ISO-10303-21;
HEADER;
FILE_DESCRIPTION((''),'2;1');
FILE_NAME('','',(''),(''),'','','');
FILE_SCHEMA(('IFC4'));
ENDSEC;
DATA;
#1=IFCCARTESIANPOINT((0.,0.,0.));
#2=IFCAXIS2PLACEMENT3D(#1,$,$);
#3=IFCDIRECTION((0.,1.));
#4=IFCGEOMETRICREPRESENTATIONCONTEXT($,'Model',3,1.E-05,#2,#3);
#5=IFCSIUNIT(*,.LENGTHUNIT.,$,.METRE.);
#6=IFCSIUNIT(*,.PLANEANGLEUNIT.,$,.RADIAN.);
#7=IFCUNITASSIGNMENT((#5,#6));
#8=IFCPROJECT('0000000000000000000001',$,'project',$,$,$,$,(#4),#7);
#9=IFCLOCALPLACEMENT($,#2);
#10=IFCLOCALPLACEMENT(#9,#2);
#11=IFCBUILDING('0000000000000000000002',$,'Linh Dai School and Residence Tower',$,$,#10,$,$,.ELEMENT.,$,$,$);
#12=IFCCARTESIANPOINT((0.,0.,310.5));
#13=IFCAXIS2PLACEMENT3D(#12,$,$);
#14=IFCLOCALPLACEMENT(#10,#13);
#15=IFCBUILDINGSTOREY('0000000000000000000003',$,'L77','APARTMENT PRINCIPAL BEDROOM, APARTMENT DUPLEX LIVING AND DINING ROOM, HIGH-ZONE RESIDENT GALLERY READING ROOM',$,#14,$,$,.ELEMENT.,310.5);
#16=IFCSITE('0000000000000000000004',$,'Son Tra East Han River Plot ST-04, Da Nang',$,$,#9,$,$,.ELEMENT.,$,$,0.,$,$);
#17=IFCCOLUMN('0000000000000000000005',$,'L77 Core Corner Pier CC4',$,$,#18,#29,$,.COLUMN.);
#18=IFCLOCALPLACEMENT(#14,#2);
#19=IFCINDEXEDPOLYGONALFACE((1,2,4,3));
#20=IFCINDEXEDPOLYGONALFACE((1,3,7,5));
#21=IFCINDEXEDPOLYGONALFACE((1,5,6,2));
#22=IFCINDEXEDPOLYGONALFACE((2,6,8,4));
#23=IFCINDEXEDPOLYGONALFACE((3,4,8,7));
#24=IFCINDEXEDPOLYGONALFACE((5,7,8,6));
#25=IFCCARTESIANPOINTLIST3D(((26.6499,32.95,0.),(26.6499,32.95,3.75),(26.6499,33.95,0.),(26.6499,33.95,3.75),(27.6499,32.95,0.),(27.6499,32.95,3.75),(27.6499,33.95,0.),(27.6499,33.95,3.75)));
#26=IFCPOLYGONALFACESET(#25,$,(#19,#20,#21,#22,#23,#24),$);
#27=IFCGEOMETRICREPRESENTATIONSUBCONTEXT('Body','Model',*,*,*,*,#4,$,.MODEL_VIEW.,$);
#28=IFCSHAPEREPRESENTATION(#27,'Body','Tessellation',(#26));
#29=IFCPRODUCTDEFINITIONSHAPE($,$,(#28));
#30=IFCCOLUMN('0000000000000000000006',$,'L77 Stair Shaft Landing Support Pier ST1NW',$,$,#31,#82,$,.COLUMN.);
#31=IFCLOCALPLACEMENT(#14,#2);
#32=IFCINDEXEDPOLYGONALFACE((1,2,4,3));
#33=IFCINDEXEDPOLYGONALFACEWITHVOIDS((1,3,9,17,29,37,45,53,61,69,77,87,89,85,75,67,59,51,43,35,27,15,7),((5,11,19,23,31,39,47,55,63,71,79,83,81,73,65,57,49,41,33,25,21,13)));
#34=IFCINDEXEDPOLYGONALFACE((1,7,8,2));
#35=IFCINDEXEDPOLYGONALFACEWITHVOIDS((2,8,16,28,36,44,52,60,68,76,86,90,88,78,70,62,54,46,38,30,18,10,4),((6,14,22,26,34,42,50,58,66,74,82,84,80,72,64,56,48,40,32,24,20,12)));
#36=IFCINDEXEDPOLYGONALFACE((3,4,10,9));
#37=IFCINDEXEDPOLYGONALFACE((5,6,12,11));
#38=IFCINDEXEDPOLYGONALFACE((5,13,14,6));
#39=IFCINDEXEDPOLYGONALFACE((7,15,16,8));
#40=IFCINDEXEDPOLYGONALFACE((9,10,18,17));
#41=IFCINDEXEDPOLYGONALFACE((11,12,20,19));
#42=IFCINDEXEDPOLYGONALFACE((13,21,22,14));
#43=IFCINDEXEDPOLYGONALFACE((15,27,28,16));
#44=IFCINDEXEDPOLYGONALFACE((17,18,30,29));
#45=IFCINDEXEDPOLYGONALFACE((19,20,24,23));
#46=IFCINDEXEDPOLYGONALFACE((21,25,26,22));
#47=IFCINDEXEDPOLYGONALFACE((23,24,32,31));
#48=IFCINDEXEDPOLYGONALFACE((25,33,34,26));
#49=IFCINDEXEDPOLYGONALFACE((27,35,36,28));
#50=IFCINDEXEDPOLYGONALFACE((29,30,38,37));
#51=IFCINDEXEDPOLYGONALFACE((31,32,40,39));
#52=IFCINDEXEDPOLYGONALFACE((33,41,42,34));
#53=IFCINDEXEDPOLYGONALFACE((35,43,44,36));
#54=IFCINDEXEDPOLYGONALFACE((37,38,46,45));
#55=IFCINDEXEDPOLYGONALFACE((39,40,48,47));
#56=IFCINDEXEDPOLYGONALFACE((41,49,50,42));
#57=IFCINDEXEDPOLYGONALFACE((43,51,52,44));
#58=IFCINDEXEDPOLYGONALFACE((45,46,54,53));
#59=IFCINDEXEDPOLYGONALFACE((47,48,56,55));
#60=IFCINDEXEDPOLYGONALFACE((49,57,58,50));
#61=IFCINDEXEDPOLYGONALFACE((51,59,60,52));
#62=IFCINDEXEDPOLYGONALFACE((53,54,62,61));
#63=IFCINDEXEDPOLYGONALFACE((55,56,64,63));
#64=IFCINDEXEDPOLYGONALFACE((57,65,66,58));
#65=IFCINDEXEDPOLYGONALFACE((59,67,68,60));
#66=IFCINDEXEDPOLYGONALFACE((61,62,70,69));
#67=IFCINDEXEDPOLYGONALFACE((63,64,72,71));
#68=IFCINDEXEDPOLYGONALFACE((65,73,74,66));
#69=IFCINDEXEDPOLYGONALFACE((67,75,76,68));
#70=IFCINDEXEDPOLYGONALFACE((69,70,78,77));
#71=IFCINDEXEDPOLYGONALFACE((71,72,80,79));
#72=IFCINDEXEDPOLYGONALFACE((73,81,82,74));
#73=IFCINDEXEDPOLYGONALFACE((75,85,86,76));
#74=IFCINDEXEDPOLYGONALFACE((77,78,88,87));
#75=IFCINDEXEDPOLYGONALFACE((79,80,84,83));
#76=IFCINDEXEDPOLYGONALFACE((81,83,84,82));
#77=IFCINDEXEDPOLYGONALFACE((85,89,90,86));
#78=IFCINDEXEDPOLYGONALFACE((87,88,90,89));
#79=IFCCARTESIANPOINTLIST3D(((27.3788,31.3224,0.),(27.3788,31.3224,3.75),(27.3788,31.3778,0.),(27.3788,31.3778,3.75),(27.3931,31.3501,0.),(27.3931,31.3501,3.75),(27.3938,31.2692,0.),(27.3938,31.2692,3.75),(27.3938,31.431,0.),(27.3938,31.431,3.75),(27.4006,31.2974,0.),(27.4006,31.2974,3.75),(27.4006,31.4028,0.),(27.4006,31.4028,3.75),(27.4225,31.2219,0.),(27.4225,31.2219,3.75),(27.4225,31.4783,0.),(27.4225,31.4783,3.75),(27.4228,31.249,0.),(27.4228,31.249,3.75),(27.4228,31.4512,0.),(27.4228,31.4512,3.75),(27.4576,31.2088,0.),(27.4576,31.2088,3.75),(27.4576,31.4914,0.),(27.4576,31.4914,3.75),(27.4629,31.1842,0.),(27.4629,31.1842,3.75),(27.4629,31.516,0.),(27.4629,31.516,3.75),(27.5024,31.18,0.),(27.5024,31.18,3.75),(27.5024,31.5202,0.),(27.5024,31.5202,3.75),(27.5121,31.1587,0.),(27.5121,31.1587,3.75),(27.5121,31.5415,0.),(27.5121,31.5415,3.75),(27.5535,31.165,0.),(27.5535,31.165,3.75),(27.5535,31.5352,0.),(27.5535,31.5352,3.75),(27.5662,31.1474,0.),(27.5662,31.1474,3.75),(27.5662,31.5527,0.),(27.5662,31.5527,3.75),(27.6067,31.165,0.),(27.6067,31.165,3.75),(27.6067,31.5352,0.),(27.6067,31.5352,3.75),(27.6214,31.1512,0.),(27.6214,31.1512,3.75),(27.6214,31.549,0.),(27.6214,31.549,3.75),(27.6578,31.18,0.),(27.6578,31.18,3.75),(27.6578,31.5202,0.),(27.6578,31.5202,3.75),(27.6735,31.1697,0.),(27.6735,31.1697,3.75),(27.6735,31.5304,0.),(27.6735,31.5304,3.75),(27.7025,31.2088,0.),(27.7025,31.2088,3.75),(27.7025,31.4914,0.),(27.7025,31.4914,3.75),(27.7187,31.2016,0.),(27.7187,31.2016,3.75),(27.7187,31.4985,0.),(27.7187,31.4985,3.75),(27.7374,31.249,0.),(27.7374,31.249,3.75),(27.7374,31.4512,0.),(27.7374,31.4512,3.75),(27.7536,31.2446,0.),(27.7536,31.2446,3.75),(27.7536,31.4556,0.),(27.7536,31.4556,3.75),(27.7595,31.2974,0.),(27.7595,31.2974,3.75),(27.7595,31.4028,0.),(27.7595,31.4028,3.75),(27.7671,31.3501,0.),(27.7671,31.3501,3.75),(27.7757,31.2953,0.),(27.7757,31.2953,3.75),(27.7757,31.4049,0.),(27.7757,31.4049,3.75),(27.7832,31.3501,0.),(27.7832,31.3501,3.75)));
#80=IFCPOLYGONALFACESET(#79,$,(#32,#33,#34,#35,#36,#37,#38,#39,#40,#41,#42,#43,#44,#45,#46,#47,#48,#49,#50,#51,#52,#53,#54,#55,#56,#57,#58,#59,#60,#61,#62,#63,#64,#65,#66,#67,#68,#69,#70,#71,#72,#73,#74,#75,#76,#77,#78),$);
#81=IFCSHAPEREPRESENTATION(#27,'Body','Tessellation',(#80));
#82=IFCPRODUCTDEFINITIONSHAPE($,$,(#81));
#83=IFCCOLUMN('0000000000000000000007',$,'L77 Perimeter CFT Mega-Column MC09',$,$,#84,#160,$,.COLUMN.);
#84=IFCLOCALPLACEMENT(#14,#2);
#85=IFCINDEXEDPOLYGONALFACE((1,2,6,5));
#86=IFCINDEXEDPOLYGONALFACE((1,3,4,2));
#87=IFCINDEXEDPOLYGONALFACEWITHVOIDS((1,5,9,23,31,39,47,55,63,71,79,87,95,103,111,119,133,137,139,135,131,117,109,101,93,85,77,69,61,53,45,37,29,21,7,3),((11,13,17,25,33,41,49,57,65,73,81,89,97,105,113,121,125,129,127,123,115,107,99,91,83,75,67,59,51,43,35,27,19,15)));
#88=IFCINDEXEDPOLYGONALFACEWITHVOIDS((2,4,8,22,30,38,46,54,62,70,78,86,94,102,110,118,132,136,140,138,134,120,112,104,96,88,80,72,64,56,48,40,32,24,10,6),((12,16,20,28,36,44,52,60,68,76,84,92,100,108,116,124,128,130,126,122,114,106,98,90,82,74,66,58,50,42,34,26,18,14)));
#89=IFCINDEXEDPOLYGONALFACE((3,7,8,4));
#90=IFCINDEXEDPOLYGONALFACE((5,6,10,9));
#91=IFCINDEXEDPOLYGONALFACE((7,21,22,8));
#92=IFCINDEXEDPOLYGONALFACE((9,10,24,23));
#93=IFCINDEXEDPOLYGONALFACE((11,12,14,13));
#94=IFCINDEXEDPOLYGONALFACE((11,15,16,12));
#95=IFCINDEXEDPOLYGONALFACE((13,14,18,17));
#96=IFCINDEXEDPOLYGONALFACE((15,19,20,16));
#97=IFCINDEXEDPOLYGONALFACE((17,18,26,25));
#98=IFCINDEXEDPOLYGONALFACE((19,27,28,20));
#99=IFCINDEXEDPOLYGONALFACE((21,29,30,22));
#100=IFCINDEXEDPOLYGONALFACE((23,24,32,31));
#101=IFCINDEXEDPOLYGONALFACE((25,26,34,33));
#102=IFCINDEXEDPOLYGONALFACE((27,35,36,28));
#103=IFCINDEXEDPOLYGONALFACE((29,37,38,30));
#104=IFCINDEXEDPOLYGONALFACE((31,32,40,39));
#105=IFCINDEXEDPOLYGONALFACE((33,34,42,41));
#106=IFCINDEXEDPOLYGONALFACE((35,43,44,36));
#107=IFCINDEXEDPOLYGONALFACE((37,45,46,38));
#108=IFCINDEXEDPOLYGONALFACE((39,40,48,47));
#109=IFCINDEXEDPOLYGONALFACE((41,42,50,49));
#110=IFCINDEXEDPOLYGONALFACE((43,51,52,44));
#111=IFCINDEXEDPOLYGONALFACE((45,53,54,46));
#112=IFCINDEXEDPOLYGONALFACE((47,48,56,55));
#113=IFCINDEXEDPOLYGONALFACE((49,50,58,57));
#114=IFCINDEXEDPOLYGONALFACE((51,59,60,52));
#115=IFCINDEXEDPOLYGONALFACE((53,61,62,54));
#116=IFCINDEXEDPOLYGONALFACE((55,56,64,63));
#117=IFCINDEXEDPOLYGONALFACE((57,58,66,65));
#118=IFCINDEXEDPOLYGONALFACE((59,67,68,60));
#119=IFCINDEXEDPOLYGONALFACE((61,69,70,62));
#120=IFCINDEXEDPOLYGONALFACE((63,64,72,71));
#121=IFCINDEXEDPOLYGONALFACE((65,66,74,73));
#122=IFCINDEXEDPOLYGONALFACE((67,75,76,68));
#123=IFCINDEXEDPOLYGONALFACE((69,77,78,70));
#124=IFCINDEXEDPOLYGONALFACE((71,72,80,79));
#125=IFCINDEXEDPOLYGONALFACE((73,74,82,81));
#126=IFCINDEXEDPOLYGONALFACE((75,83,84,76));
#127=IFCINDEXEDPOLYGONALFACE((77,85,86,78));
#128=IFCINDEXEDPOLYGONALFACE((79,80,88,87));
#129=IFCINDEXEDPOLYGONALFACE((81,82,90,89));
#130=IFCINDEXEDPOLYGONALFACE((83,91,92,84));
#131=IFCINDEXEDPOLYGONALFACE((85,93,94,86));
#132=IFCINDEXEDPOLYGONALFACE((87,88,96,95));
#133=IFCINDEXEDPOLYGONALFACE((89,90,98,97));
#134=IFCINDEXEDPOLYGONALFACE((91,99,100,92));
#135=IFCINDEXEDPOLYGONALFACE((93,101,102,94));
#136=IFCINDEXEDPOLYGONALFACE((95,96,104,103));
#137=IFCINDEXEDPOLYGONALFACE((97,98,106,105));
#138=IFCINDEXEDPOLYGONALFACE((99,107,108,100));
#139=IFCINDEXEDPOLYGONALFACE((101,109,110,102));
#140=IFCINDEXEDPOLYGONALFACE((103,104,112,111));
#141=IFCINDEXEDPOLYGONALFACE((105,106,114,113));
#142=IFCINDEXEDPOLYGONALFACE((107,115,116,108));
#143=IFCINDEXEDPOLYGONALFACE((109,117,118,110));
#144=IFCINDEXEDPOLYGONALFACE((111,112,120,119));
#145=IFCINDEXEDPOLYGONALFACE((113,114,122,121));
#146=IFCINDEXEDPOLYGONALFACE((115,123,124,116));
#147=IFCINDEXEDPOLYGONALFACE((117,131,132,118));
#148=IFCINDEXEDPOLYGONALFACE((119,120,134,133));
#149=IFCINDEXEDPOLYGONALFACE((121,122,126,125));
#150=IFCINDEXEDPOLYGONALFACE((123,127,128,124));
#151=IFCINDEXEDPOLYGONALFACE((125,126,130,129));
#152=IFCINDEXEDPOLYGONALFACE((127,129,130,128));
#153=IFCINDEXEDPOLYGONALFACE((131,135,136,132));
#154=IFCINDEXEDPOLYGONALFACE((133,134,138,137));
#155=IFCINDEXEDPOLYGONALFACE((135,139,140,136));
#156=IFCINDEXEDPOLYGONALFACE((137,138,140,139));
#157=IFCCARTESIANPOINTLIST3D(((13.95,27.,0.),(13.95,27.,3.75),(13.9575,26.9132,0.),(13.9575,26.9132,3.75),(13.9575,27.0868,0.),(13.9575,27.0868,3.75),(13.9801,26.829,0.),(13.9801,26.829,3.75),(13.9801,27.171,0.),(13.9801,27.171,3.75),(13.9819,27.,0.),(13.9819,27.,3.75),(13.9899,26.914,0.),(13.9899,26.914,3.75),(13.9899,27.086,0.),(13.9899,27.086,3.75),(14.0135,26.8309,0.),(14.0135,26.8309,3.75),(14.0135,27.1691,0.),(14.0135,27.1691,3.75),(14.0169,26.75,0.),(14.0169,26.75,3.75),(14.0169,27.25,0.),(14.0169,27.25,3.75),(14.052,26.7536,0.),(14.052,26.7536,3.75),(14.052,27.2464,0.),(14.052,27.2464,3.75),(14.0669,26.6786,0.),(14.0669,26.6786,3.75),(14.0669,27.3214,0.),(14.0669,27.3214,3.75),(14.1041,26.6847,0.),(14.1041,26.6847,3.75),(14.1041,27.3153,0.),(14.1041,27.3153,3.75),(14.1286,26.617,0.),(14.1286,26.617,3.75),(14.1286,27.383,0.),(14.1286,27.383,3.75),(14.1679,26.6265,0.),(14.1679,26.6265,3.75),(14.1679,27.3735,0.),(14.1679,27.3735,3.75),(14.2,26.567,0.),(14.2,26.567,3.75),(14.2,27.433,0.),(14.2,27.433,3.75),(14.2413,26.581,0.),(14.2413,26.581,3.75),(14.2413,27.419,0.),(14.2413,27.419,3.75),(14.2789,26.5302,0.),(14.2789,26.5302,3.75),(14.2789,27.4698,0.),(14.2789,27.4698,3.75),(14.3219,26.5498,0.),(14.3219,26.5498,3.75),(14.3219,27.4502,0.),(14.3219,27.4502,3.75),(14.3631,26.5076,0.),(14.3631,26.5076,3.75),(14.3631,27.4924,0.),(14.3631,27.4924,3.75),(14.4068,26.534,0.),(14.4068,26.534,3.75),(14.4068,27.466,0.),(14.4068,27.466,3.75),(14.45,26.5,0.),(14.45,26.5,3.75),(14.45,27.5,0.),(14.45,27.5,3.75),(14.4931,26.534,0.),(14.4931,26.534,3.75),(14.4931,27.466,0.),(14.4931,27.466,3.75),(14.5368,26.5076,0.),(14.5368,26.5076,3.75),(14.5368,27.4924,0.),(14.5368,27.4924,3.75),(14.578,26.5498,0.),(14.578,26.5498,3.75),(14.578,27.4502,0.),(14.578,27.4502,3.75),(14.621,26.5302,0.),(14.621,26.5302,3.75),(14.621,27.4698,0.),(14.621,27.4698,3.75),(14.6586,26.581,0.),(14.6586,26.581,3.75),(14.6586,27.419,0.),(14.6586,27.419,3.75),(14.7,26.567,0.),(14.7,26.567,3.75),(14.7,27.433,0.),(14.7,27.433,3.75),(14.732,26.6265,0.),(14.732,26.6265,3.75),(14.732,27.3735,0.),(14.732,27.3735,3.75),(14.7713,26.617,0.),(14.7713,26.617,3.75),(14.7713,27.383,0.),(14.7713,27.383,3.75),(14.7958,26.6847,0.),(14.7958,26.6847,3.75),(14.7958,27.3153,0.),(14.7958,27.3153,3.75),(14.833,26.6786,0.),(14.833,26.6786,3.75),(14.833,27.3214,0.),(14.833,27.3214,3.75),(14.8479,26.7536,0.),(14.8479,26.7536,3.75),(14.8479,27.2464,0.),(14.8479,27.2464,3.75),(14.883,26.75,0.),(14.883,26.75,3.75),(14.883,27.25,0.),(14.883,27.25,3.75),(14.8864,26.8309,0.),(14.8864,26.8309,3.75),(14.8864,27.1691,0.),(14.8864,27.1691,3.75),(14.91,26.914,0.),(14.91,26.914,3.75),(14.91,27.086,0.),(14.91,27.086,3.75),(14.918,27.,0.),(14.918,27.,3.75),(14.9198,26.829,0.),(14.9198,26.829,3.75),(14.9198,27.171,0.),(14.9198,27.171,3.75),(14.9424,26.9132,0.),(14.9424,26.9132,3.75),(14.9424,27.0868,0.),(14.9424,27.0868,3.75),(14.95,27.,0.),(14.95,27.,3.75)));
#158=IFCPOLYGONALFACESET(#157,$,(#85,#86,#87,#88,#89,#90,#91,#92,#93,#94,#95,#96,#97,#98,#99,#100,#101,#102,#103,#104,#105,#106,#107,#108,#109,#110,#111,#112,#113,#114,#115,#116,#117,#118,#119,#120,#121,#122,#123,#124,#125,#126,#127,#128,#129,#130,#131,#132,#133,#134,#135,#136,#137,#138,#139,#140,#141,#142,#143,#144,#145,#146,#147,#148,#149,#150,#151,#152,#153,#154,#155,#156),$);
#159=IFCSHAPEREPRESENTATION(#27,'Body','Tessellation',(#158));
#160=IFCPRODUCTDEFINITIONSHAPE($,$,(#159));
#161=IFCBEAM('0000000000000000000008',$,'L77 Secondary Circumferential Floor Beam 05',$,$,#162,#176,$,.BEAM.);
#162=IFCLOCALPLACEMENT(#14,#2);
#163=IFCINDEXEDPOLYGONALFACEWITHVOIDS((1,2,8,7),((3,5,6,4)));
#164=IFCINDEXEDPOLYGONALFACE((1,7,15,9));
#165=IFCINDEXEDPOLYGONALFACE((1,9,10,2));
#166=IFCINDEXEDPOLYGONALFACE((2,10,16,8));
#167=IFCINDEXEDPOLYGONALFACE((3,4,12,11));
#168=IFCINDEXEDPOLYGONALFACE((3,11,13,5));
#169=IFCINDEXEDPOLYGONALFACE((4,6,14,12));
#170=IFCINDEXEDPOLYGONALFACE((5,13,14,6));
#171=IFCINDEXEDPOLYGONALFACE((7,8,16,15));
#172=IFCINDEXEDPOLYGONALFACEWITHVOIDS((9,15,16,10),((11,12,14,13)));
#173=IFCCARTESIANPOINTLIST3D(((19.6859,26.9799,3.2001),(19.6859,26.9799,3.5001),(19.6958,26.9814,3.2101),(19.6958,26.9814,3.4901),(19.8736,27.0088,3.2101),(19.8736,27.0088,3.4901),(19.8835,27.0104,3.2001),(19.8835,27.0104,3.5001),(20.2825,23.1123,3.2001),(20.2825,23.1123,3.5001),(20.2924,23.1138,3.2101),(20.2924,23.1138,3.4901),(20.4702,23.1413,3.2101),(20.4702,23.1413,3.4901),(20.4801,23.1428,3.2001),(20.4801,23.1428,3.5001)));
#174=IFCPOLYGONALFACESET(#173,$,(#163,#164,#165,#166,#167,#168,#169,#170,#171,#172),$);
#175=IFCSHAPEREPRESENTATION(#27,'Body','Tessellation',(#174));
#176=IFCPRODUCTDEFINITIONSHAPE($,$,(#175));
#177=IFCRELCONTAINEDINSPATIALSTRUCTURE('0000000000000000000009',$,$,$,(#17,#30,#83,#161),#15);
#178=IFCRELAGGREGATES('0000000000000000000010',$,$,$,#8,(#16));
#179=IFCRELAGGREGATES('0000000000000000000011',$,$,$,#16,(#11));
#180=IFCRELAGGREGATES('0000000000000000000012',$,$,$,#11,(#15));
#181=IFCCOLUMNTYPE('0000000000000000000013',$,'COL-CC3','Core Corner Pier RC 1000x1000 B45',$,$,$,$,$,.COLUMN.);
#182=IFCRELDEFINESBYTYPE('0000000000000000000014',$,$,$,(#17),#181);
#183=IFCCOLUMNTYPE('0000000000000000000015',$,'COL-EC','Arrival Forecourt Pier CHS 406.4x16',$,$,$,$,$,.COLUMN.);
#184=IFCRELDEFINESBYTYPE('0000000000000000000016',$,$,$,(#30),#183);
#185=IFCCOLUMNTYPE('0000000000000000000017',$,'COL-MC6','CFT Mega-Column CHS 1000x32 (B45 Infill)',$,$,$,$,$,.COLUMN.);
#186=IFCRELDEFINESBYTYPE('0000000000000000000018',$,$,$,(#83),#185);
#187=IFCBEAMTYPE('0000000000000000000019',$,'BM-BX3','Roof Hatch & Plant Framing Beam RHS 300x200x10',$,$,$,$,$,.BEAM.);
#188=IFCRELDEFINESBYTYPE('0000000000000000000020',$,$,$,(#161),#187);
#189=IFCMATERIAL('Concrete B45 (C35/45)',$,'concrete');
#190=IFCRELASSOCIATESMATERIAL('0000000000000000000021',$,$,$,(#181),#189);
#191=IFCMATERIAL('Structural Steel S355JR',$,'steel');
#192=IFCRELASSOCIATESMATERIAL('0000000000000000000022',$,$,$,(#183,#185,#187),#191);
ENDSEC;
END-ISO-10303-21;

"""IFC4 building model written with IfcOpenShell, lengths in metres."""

from ifc_helpers import new_model, si_unit, direction, frame, origin, origin_2d, place, context, subcontext, project, spatial, rectangle, hollow_rectangle, hollow_circle, extrude, material, material_profile, profile_set, type_object, element, save


model = new_model("IFC4")

# Units and contexts
model_context = context("Model", 3, precision=1e-05, world=origin(), true_north=direction((0.0, 1.0)))
body_context = subcontext(model_context, "Body", "Model", "MODEL_VIEW")
ifc_project = project(units=[si_unit("LENGTHUNIT", "METRE"), si_unit("PLANEANGLEUNIT", "RADIAN")], contexts=[model_context])

# Site, building, storey
site_placement = place(None, origin())
site = spatial("IfcSite", under=ifc_project, at=site_placement, Name="Son Tra East Han River Plot ST-04, Da Nang", CompositionType="ELEMENT", RefElevation=0.0)
building_placement = place(site_placement, origin())
building = spatial("IfcBuilding", under=site, at=building_placement, Name="Linh Dai School and Residence Tower", CompositionType="ELEMENT")
storey_placement = place(building_placement, frame((0.0, 0.0, 310.5)))
storey = spatial("IfcBuildingStorey", under=building, at=storey_placement, Name="L77", Description="APARTMENT PRINCIPAL BEDROOM, APARTMENT DUPLEX LIVING AND DINING ROOM, HIGH-ZONE RESIDENT GALLERY READING ROOM", CompositionType="ELEMENT", Elevation=310.5)

# Columns
ifc_material_1 = material(Name="Concrete B45 (C35/45)", Category="concrete")
ifc_material_profile_1 = material_profile(ifc_material_1, rectangle(XDim=1.0, YDim=1.0, at=origin_2d()), Name="RC 1000x1000")
ifc_profile_set_1 = profile_set([ifc_material_profile_1], Name="Concrete B45 (C35/45)")
column_type_1 = type_object("IfcColumnType", Name="COL-CC3", Description="Core Corner Pier RC 1000x1000 B45", PredefinedType="COLUMN", material=ifc_profile_set_1)
column_1_placement = place(storey_placement, frame((27.1499, 33.45, 0.0), z_axis=(0.0, 0.0, 1.0), x_axis=(1.0, 0.0, 0.0)))
element("IfcColumn", 1, at=column_1_placement, inside=storey, type_object=column_type_1, Name="L77 Core Corner Pier CC4", PredefinedType="COLUMN", context=body_context, shape_type="SweptSolid", body=[
    extrude(rectangle(XDim=1.0, YDim=1.0, at=origin_2d()), origin(), (0.0, 0.0, 1.0), 3.75),
])
ifc_material_2 = material(Name="Structural Steel S355JR", Category="steel")
ifc_material_profile_2 = material_profile(ifc_material_2, hollow_circle(Radius=0.2031, WallThickness=0.0161, at=origin_2d()), Name="CHS 406.4x16")
ifc_profile_set_2 = profile_set([ifc_material_profile_2], Name="Structural Steel S355JR")
column_type_2 = type_object("IfcColumnType", Name="COL-EC", Description="Arrival Forecourt Pier CHS 406.4x16", PredefinedType="COLUMN", material=ifc_profile_set_2)
column_2_placement = place(storey_placement, frame((27.5801, 31.3501, 0.0), z_axis=(0.0, 0.0, 1.0), x_axis=(1.0, 0.0, 0.0)))
element("IfcColumn", 2, at=column_2_placement, inside=storey, type_object=column_type_2, Name="L77 Stair Shaft Landing Support Pier ST1NW", PredefinedType="COLUMN", context=body_context, shape_type="SweptSolid", body=[
    extrude(hollow_circle(Radius=0.2031, WallThickness=0.0161, at=origin_2d()), origin(), (0.0, 0.0, 1.0), 3.75),
])
ifc_material_profile_3 = material_profile(ifc_material_2, hollow_circle(Radius=0.5, WallThickness=0.032, at=origin_2d()), Name="CHS 1000x32")
ifc_profile_set_3 = profile_set([ifc_material_profile_3], Name="Structural Steel S355JR")
column_type_3 = type_object("IfcColumnType", Name="COL-MC6", Description="CFT Mega-Column CHS 1000x32 (B45 Infill)", PredefinedType="COLUMN", material=ifc_profile_set_3)
column_3_placement = place(storey_placement, frame((14.45, 27.0, 0.0), z_axis=(0.0, 0.0, 1.0), x_axis=(1.0, 0.0, 0.0)))
element("IfcColumn", 3, at=column_3_placement, inside=storey, type_object=column_type_3, Name="L77 Perimeter CFT Mega-Column MC09", PredefinedType="COLUMN", context=body_context, shape_type="SweptSolid", body=[
    extrude(hollow_circle(Radius=0.5, WallThickness=0.032, at=origin_2d()), origin(), (0.0, 0.0, 1.0), 3.75),
])

# Beam
ifc_material_profile_4 = material_profile(ifc_material_2, hollow_rectangle(XDim=0.2, YDim=0.3, WallThickness=0.01, at=origin_2d()), Name="RHS 300x200x10")
ifc_profile_set_4 = profile_set([ifc_material_profile_4], Name="Structural Steel S355JR")
beam_type_1 = type_object("IfcBeamType", Name="BM-BX3", Description="Roof Hatch & Plant Framing Beam RHS 300x200x10", PredefinedType="BEAM", material=ifc_profile_set_4)
beam_1_placement = place(storey_placement, frame((19.7847, 26.9951, 3.3501), z_axis=(0.15247, -0.988308, 0.0), x_axis=(0.988308, 0.15247, 0.0)))
element("IfcBeam", 4, at=beam_1_placement, inside=storey, type_object=beam_type_1, Name="L77 Secondary Circumferential Floor Beam 05", PredefinedType="BEAM", context=body_context, shape_type="SweptSolid", body=[
    extrude(hollow_rectangle(XDim=0.2, YDim=0.3, WallThickness=0.01, at=origin_2d()), origin(), (0.0, 0.0, 1.0), 3.9133),
])

save(model, "model.ifc")
